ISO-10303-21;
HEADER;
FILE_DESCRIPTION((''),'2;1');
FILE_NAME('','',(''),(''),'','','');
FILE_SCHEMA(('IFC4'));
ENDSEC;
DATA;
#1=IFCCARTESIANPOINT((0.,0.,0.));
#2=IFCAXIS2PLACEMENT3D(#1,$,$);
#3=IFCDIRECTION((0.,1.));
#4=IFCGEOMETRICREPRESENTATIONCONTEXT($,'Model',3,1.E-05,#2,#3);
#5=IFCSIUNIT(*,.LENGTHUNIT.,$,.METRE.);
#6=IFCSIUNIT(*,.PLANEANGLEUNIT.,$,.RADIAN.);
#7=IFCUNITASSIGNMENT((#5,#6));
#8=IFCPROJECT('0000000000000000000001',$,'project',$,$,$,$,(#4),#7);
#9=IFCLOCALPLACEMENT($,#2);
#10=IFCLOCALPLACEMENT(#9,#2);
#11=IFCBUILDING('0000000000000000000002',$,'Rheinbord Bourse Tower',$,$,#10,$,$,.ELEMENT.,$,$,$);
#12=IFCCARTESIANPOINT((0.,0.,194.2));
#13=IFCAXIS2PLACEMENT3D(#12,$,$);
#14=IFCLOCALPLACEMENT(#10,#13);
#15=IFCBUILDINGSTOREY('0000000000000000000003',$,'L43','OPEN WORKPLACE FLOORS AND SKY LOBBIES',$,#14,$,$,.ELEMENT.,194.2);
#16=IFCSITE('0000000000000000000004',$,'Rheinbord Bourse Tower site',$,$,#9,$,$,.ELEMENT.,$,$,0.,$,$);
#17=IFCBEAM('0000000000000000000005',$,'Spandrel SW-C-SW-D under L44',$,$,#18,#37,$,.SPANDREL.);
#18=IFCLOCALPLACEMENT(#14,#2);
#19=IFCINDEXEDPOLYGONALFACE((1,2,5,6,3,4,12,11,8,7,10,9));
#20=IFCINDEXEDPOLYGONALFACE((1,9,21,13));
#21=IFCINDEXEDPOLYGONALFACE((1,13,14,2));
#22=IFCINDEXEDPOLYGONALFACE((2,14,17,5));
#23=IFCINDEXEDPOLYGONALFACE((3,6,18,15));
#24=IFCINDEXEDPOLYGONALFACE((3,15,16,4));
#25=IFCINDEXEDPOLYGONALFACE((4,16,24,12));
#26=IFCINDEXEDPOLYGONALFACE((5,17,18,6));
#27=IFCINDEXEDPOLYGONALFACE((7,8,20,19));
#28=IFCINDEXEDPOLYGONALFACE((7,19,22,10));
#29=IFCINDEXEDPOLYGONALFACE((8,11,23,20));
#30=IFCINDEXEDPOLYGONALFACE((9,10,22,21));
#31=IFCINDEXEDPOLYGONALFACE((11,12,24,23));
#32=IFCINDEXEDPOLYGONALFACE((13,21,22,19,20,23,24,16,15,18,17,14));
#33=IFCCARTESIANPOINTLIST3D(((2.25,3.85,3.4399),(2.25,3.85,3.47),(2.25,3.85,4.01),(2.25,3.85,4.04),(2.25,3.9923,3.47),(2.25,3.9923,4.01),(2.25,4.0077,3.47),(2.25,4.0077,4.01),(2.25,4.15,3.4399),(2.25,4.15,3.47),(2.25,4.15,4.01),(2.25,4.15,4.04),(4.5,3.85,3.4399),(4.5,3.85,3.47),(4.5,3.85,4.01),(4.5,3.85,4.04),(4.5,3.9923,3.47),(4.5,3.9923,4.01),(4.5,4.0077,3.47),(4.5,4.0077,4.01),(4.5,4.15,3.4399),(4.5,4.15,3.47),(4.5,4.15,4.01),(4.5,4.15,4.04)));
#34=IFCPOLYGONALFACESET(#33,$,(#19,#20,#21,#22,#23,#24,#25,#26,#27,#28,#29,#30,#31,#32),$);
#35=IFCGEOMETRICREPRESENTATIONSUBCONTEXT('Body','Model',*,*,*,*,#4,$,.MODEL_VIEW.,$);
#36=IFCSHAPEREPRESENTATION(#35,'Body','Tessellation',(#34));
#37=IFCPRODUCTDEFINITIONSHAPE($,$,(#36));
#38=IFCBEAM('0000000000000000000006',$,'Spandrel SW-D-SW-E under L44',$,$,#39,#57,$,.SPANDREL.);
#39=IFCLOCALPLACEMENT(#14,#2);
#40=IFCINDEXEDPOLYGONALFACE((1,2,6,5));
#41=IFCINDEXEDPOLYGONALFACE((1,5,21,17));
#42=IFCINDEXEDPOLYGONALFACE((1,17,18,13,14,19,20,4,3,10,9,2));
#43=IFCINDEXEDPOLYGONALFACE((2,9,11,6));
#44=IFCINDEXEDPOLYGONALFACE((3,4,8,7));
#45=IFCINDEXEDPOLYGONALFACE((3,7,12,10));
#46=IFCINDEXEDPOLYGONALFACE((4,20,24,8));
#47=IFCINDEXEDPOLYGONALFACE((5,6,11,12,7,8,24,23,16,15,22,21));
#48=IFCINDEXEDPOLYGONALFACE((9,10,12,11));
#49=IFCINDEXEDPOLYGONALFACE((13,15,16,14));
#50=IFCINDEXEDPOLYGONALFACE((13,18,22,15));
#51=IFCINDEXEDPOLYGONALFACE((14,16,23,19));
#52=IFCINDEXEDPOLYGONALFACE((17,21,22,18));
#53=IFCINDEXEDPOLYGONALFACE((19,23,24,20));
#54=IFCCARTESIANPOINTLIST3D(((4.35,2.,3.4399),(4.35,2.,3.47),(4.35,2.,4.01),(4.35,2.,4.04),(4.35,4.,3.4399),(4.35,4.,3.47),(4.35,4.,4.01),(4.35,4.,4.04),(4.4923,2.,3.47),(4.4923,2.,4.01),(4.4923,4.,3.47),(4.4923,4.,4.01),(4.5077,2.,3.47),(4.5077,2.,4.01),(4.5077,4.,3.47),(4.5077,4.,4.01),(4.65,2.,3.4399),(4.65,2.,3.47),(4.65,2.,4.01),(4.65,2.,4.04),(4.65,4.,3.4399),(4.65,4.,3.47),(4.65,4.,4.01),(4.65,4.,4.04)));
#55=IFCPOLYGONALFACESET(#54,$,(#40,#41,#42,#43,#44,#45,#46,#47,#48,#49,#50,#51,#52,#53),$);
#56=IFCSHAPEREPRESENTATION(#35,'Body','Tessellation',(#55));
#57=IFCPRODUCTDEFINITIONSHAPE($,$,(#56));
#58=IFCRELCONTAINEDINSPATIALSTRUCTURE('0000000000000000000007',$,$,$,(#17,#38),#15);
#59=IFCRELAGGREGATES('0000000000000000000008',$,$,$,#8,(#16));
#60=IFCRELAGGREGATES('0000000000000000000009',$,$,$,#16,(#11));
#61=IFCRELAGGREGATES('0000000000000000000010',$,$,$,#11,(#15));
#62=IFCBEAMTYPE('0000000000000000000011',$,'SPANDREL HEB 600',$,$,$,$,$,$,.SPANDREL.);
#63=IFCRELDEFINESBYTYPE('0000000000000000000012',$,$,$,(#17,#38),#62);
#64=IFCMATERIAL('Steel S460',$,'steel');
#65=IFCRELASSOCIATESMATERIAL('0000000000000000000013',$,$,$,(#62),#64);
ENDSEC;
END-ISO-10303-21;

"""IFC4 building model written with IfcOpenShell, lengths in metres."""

from ifc_helpers import new_model, si_unit, direction, frame, origin, origin_2d, place, context, subcontext, project, spatial, i_section, extrude, material, material_profile, profile_set, type_object, element, save


model = new_model("IFC4")

# Units and contexts
model_context = context("Model", 3, precision=1e-05, world=origin(), true_north=direction((0.0, 1.0)))
body_context = subcontext(model_context, "Body", "Model", "MODEL_VIEW")
ifc_project = project(units=[si_unit("LENGTHUNIT", "METRE"), si_unit("PLANEANGLEUNIT", "RADIAN")], contexts=[model_context])

# Site, building, storey
site_placement = place(None, origin())
site = spatial("IfcSite", under=ifc_project, at=site_placement, Name="Rheinbord Bourse Tower site", CompositionType="ELEMENT", RefElevation=0.0)
building_placement = place(site_placement, origin())
building = spatial("IfcBuilding", under=site, at=building_placement, Name="Rheinbord Bourse Tower", CompositionType="ELEMENT")
storey_placement = place(building_placement, frame((0.0, 0.0, 194.2)))
storey = spatial("IfcBuildingStorey", under=building, at=storey_placement, Name="L43", Description="OPEN WORKPLACE FLOORS AND SKY LOBBIES", CompositionType="ELEMENT", Elevation=194.2)

# Beams
ifc_material_1 = material(Name="Steel S460", Category="steel")
ifc_material_profile_1 = material_profile(ifc_material_1, i_section(OverallWidth=0.3, OverallDepth=0.6001, WebThickness=0.0154, FlangeThickness=0.03, at=origin_2d()), Name="HEB 600")
ifc_profile_set_1 = profile_set([ifc_material_profile_1], Name="Steel S460")
beam_type_1 = type_object("IfcBeamType", Name="SPANDREL HEB 600", PredefinedType="SPANDREL", material=ifc_profile_set_1)
beam_1_placement = place(storey_placement, frame((2.25, 4.0, 3.74), z_axis=(1.0, 0.0, 0.0), x_axis=(0.0, 1.0, 0.0)))
element("IfcBeam", 1, at=beam_1_placement, inside=storey, type_object=beam_type_1, Name="Spandrel SW-C-SW-D under L44", PredefinedType="SPANDREL", context=body_context, shape_type="SweptSolid", body=[
    extrude(i_section(OverallWidth=0.3, OverallDepth=0.6001, WebThickness=0.0154, FlangeThickness=0.03, at=origin_2d()), origin(), (0.0, 0.0, 1.0), 2.25),
])
beam_2_placement = place(storey_placement, frame((4.5, 4.0, 3.74), z_axis=(0.0, -1.0, 0.0), x_axis=(1.0, 0.0, 0.0)))
element("IfcBeam", 2, at=beam_2_placement, inside=storey, type_object=beam_type_1, Name="Spandrel SW-D-SW-E under L44", PredefinedType="SPANDREL", context=body_context, shape_type="SweptSolid", body=[
    extrude(i_section(OverallWidth=0.3, OverallDepth=0.6001, WebThickness=0.0154, FlangeThickness=0.03, at=origin_2d()), origin(), (0.0, 0.0, 1.0), 2.0),
])

save(model, "model.ifc")
